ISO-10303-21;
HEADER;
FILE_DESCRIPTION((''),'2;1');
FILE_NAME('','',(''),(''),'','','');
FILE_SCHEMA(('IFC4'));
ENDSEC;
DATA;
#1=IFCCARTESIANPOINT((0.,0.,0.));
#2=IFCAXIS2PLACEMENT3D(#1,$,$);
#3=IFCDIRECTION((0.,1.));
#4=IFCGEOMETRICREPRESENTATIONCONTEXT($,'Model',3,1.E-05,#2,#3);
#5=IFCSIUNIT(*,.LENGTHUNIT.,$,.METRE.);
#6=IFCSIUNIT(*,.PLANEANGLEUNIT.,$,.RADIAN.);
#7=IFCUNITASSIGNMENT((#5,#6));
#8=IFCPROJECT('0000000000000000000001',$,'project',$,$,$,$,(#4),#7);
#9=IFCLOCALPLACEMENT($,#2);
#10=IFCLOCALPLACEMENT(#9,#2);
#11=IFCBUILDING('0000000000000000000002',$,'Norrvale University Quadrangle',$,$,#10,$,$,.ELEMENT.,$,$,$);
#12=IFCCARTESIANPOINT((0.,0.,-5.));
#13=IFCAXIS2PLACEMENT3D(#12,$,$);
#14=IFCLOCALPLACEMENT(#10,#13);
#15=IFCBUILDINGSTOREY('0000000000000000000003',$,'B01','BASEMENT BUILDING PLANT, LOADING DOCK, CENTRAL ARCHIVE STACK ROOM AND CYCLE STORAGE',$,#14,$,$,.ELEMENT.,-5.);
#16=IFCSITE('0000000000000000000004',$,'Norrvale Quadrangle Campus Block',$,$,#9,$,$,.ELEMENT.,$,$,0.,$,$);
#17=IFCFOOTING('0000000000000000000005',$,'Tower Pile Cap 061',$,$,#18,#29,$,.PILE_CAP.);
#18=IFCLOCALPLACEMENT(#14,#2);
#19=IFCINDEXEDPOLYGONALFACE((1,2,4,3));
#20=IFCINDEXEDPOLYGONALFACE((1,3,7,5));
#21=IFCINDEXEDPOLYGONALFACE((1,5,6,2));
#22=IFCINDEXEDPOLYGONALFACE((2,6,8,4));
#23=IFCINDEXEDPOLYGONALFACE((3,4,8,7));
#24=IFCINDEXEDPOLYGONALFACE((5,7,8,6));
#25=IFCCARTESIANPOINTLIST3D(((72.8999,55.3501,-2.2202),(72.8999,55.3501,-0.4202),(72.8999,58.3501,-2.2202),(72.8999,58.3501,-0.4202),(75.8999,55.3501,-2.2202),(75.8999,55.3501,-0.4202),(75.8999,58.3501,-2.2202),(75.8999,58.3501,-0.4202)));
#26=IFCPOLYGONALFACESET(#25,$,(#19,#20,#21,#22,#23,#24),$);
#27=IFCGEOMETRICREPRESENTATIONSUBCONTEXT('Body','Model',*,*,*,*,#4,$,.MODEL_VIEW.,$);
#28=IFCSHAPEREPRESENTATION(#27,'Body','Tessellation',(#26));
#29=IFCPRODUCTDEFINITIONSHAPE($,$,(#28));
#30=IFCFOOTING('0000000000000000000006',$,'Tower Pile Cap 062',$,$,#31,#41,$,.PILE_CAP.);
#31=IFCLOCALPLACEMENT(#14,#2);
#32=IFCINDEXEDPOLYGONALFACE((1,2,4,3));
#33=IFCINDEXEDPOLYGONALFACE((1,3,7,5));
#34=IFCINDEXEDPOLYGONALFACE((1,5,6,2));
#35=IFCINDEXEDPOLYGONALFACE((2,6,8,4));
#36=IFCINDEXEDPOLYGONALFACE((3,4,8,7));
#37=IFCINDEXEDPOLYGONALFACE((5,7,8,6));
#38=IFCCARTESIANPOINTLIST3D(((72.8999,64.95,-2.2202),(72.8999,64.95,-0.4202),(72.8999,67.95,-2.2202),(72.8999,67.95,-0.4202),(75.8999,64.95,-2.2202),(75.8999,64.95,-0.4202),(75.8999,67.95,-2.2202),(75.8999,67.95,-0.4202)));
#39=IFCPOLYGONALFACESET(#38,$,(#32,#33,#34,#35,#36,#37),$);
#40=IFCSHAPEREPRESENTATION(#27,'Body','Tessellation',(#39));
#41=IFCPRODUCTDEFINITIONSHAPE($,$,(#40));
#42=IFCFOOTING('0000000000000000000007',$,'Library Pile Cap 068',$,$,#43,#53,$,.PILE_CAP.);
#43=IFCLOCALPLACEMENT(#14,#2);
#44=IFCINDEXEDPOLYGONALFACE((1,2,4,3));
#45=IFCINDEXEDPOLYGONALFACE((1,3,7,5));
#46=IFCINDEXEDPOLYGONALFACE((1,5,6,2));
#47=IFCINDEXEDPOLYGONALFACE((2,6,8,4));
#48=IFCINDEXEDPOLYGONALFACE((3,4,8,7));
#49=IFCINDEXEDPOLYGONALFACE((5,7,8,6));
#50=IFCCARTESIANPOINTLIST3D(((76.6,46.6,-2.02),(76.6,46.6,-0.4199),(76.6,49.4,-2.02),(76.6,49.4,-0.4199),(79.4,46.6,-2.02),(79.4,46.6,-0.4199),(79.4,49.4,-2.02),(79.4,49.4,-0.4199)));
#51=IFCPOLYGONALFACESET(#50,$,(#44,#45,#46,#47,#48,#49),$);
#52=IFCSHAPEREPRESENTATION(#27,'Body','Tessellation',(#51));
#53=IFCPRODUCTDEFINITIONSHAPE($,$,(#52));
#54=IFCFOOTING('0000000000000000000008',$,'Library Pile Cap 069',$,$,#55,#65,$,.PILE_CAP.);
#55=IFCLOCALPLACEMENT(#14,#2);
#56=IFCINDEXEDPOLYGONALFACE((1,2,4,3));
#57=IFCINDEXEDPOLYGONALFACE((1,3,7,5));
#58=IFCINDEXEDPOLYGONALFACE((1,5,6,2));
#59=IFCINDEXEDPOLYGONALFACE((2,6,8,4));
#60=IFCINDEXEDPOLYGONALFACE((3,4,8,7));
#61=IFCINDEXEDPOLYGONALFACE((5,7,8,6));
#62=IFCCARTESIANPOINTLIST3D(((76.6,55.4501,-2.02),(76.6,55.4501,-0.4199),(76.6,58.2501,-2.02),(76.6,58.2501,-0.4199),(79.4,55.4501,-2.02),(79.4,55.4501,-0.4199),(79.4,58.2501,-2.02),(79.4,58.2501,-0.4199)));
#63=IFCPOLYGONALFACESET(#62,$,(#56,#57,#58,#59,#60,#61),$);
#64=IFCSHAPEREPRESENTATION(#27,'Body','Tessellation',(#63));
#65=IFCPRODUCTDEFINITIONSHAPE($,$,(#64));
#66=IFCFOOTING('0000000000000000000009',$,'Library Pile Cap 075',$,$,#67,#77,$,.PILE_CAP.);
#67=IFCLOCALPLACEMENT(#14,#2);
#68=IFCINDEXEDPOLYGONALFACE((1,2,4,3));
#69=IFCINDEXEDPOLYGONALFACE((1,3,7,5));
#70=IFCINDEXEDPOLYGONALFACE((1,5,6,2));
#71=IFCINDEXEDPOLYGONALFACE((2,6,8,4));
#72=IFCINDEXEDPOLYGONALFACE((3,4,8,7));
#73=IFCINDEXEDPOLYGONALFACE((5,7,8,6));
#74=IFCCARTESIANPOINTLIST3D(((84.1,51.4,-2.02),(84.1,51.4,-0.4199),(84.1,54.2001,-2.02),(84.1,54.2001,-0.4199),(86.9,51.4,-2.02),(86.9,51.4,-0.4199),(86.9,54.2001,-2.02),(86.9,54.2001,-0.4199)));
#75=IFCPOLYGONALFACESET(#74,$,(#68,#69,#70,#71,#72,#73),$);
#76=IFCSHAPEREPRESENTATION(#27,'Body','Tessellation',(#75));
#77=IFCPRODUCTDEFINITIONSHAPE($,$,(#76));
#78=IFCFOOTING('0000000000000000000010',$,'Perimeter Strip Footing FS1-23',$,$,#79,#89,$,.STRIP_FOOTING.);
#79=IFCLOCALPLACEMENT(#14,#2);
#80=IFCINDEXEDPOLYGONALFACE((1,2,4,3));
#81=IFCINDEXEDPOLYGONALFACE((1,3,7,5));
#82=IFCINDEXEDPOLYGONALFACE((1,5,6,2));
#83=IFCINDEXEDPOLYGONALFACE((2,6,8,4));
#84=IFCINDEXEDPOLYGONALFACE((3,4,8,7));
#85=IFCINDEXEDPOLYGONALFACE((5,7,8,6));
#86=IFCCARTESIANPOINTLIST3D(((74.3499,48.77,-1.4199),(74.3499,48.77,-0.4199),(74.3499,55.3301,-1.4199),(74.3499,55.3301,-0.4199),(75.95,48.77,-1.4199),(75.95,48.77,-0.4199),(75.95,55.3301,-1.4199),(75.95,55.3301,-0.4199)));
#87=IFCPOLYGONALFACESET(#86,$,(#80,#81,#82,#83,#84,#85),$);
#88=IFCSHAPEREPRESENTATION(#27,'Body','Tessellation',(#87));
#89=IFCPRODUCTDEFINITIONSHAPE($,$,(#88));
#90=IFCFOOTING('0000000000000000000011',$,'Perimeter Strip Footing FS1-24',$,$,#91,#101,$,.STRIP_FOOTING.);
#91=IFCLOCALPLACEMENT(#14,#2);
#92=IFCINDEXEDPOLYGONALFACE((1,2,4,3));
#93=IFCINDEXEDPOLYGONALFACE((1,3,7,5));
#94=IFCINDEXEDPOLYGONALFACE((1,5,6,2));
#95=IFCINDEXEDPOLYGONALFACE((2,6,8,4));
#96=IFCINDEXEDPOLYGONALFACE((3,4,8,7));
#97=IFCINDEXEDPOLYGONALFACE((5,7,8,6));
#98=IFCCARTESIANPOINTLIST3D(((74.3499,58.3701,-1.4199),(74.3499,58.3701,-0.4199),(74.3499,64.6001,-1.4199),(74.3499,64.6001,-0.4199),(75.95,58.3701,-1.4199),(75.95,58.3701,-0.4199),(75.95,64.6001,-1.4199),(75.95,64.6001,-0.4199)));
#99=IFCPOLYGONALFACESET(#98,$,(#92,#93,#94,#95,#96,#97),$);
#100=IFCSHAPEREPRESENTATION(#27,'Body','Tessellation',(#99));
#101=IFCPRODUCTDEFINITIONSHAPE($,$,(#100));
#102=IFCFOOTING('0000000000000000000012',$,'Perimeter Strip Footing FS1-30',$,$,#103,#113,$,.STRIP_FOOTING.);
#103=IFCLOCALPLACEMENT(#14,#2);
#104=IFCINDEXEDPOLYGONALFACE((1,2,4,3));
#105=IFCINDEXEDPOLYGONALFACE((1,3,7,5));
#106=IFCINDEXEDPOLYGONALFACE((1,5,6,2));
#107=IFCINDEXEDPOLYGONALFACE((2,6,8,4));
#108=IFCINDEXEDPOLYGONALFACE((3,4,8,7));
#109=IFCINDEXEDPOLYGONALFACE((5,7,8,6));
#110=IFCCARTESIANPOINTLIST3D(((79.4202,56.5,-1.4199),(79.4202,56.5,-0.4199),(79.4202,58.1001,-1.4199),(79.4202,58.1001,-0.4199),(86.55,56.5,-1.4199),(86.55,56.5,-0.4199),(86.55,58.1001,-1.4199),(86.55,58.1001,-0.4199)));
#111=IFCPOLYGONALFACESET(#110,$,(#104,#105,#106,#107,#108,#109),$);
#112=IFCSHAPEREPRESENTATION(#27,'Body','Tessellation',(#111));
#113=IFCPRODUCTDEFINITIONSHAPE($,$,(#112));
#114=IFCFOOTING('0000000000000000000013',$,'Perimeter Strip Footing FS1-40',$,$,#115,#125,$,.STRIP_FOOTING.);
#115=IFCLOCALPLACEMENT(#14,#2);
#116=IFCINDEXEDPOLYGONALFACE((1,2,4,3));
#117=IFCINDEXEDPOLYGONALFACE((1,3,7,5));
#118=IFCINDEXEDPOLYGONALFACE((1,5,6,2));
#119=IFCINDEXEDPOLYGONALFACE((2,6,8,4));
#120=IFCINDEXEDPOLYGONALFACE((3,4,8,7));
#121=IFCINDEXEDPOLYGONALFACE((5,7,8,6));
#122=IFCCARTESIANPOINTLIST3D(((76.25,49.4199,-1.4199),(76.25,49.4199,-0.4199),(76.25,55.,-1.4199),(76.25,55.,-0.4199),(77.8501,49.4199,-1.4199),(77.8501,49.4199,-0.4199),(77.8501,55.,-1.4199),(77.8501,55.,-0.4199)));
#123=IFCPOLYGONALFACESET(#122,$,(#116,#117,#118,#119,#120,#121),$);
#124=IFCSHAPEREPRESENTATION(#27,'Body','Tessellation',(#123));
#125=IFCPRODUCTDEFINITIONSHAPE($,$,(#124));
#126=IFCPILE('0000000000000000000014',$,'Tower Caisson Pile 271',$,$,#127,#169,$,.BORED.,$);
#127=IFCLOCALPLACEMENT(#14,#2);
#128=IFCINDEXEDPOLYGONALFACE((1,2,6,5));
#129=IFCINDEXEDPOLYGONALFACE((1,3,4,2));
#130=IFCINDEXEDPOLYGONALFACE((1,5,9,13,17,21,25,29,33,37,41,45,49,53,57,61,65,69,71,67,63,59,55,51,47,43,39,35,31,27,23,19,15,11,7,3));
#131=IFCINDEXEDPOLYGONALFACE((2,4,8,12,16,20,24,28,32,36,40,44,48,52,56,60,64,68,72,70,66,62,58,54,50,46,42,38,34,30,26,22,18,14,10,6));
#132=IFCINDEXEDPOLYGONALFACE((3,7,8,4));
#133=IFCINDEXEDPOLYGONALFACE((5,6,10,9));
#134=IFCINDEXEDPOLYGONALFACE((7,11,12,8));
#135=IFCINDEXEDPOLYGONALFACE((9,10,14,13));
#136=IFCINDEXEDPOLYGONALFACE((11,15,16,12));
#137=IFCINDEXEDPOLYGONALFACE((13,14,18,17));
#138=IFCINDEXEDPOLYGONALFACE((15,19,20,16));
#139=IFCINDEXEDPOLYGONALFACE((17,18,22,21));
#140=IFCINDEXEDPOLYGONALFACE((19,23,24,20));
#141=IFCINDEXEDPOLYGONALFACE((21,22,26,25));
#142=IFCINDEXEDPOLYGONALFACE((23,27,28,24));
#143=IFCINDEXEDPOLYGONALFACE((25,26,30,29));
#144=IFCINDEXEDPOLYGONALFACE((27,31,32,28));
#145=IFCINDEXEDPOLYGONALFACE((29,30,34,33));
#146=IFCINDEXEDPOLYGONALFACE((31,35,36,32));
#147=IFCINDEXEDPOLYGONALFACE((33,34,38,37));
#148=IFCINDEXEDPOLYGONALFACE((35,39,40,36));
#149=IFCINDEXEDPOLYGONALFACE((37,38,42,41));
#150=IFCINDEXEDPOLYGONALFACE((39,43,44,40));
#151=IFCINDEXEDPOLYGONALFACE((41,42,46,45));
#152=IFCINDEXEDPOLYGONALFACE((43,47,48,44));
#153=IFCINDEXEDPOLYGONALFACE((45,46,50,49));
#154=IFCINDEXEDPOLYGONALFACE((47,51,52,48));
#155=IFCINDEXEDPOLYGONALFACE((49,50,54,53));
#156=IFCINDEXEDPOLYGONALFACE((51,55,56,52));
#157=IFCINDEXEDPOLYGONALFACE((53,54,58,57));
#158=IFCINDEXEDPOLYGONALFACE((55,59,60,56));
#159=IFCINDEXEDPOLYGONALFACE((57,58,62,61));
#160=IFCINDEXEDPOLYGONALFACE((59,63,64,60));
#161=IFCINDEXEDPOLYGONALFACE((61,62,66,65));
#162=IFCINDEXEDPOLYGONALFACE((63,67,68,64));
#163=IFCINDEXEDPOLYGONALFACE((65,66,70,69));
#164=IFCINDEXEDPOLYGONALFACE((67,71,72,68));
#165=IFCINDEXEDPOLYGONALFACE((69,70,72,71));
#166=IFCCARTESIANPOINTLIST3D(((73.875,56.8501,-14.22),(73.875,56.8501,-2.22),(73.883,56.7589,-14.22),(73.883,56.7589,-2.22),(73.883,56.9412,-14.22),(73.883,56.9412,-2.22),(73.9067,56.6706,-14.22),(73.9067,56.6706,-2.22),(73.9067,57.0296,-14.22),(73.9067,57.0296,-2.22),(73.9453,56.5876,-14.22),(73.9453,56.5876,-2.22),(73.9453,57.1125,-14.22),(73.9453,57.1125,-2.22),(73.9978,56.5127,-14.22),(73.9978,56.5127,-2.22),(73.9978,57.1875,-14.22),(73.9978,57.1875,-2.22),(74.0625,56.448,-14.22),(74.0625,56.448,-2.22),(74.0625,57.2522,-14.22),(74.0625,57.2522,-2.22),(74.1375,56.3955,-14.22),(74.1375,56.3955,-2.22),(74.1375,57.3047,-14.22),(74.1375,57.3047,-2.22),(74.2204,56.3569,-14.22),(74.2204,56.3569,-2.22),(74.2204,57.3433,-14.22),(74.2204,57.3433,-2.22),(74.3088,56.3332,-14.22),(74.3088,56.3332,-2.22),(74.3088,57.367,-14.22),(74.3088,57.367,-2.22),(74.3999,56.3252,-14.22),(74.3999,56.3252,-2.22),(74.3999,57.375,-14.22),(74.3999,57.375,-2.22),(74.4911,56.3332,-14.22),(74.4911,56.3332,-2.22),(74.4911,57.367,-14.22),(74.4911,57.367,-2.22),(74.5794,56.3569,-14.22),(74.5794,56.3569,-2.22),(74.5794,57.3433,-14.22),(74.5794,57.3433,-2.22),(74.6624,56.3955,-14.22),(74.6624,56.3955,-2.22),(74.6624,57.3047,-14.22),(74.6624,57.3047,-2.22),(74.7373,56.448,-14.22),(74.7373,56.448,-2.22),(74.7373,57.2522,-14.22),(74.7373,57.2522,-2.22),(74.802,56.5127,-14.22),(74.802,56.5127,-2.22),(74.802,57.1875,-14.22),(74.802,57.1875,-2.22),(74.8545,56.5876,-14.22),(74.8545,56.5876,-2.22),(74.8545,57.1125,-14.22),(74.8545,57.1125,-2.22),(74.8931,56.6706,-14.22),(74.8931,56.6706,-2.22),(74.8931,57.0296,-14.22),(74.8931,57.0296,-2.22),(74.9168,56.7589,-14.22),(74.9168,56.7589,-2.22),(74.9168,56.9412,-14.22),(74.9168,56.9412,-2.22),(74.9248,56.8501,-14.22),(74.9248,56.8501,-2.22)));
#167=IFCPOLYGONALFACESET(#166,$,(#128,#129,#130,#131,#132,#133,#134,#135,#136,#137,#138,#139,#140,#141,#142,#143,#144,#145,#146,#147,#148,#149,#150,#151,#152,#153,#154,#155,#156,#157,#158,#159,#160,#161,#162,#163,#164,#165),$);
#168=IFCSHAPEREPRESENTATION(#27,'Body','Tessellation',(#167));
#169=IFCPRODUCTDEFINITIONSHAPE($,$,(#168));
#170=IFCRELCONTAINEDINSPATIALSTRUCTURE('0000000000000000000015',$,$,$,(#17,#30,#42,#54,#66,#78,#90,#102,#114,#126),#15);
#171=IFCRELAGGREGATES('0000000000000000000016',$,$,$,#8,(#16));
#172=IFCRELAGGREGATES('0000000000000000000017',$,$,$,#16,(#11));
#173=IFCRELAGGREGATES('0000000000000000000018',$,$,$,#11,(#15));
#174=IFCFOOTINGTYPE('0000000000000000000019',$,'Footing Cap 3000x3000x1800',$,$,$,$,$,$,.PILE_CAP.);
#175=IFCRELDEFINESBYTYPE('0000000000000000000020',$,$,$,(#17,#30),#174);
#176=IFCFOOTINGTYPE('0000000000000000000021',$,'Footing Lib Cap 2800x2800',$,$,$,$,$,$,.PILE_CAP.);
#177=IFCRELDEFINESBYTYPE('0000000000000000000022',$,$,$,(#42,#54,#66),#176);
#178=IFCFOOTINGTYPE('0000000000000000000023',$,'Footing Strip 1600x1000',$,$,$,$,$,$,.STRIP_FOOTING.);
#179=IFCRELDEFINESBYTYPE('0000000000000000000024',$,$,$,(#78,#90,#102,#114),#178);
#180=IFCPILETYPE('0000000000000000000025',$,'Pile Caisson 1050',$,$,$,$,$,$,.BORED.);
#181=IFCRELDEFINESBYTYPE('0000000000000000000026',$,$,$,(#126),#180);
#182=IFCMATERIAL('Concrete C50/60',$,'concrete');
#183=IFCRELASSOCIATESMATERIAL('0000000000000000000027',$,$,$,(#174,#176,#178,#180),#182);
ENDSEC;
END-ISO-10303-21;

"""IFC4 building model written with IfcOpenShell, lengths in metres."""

from ifc_helpers import new_model, si_unit, direction, frame, origin, origin_2d, place, context, subcontext, project, spatial, rectangle, circle, extrude, material, material_profile, profile_set, type_object, element, save


model = new_model("IFC4")

# Units and contexts
model_context = context("Model", 3, precision=1e-05, world=origin(), true_north=direction((0.0, 1.0)))
body_context = subcontext(model_context, "Body", "Model", "MODEL_VIEW")
ifc_project = project(units=[si_unit("LENGTHUNIT", "METRE"), si_unit("PLANEANGLEUNIT", "RADIAN")], contexts=[model_context])

# Site, building, storey
site_placement = place(None, origin())
site = spatial("IfcSite", under=ifc_project, at=site_placement, Name="Norrvale Quadrangle Campus Block", CompositionType="ELEMENT", RefElevation=0.0)
building_placement = place(site_placement, origin())
building = spatial("IfcBuilding", under=site, at=building_placement, Name="Norrvale University Quadrangle", CompositionType="ELEMENT")
storey_placement = place(building_placement, frame((0.0, 0.0, -5.0)))
storey = spatial("IfcBuildingStorey", under=building, at=storey_placement, Name="B01", Description="BASEMENT BUILDING PLANT, LOADING DOCK, CENTRAL ARCHIVE STACK ROOM AND CYCLE STORAGE", CompositionType="ELEMENT", Elevation=-5.0)

# Footings
ifc_material_1 = material(Name="Concrete C50/60", Category="concrete")
footing_type_1 = type_object("IfcFootingType", Name="Footing Cap 3000x3000x1800", PredefinedType="PILE_CAP", material=ifc_material_1)
for number, where, z_axis, x_axis, name in (
    (1, (74.3999, 56.8501, -2.2202), (0.0, 0.0, 1.0), (1.0, 0.0, 0.0), "Tower Pile Cap 061"),
    (2, (74.3999, 66.45, -2.2202), (0.0, 0.0, 1.0), (1.0, 0.0, 0.0), "Tower Pile Cap 062"),
):
    element("IfcFooting", number, at=place(storey_placement, frame(where, z_axis=z_axis, x_axis=x_axis)), inside=storey, type_object=footing_type_1, Name=name, PredefinedType="PILE_CAP", context=body_context, shape_type="SweptSolid", body=[
        extrude(rectangle(XDim=3.0, YDim=3.0, at=origin_2d()), origin(), (0.0, 0.0, 1.0), 1.8),
    ])
footing_type_2 = type_object("IfcFootingType", Name="Footing Lib Cap 2800x2800", PredefinedType="PILE_CAP", material=ifc_material_1)
for number, where, z_axis, x_axis, name in (
    (3, (78.0, 48.0, -2.02), (0.0, 0.0, 1.0), (1.0, 0.0, 0.0), "Library Pile Cap 068"),
    (4, (78.0, 56.8501, -2.02), (0.0, 0.0, 1.0), (1.0, 0.0, 0.0), "Library Pile Cap 069"),
    (5, (85.5, 52.8, -2.02), (0.0, 0.0, 1.0), (1.0, 0.0, 0.0), "Library Pile Cap 075"),
):
    element("IfcFooting", number, at=place(storey_placement, frame(where, z_axis=z_axis, x_axis=x_axis)), inside=storey, type_object=footing_type_2, Name=name, PredefinedType="PILE_CAP", context=body_context, shape_type="SweptSolid", body=[
        extrude(rectangle(XDim=2.8, YDim=2.8, at=origin_2d()), origin(), (0.0, 0.0, 1.0), 1.6001),
    ])
footing_type_3 = type_object("IfcFootingType", Name="Footing Strip 1600x1000", PredefinedType="STRIP_FOOTING", material=ifc_material_1)
footing_1_placement = place(storey_placement, frame((75.1499, 52.05, -1.4199), z_axis=(0.0, 0.0, 1.0), x_axis=(0.0, 1.0, 0.0)))
element("IfcFooting", 6, at=footing_1_placement, inside=storey, type_object=footing_type_3, Name="Perimeter Strip Footing FS1-23", PredefinedType="STRIP_FOOTING", context=body_context, shape_type="SweptSolid", body=[
    extrude(rectangle(XDim=6.5601, YDim=1.6001, at=origin_2d()), origin(), (0.0, 0.0, 1.0), 1.0),
])
footing_2_placement = place(storey_placement, frame((75.1499, 61.4851, -1.4199), z_axis=(0.0, 0.0, 1.0), x_axis=(0.0, 1.0, 0.0)))
element("IfcFooting", 7, at=footing_2_placement, inside=storey, type_object=footing_type_3, Name="Perimeter Strip Footing FS1-24", PredefinedType="STRIP_FOOTING", context=body_context, shape_type="SweptSolid", body=[
    extrude(rectangle(XDim=6.23, YDim=1.6001, at=origin_2d()), origin(), (0.0, 0.0, 1.0), 1.0),
])
footing_3_placement = place(storey_placement, frame((82.9851, 57.3, -1.4199), z_axis=(0.0, 0.0, 1.0), x_axis=(1.0, 0.0, 0.0)))
element("IfcFooting", 8, at=footing_3_placement, inside=storey, type_object=footing_type_3, Name="Perimeter Strip Footing FS1-30", PredefinedType="STRIP_FOOTING", context=body_context, shape_type="SweptSolid", body=[
    extrude(rectangle(XDim=7.1299, YDim=1.6001, at=origin_2d()), origin(), (0.0, 0.0, 1.0), 1.0),
])
footing_4_placement = place(storey_placement, frame((77.05, 52.21, -1.4199), z_axis=(0.0, 0.0, 1.0), x_axis=(0.0, 1.0, 0.0)))
element("IfcFooting", 9, at=footing_4_placement, inside=storey, type_object=footing_type_3, Name="Perimeter Strip Footing FS1-40", PredefinedType="STRIP_FOOTING", context=body_context, shape_type="SweptSolid", body=[
    extrude(rectangle(XDim=5.5801, YDim=1.6001, at=origin_2d()), origin(), (0.0, 0.0, 1.0), 1.0),
])

# Pile
ifc_material_profile_1 = material_profile(ifc_material_1, circle(Radius=0.5249, at=origin_2d()), Name="Concrete C50/60")
ifc_profile_set_1 = profile_set([ifc_material_profile_1], Name="Concrete C50/60")
pile_type_1 = type_object("IfcPileType", Name="Pile Caisson 1050", PredefinedType="BORED", material=ifc_profile_set_1)
for number, where, z_axis, x_axis, name in (
    (10, (74.3999, 56.8501, -2.22), (0.0, 0.0, -1.0), (1.0, 0.0, 0.0), "Tower Caisson Pile 271"),
):
    element("IfcPile", number, at=place(storey_placement, frame(where, z_axis=z_axis, x_axis=x_axis)), inside=storey, type_object=pile_type_1, Name=name, PredefinedType="BORED", context=body_context, shape_type="SweptSolid", body=[
        extrude(circle(Radius=0.5249, at=origin_2d()), origin(), (0.0, 0.0, 1.0), 12.0),
    ])

save(model, "model.ifc")
